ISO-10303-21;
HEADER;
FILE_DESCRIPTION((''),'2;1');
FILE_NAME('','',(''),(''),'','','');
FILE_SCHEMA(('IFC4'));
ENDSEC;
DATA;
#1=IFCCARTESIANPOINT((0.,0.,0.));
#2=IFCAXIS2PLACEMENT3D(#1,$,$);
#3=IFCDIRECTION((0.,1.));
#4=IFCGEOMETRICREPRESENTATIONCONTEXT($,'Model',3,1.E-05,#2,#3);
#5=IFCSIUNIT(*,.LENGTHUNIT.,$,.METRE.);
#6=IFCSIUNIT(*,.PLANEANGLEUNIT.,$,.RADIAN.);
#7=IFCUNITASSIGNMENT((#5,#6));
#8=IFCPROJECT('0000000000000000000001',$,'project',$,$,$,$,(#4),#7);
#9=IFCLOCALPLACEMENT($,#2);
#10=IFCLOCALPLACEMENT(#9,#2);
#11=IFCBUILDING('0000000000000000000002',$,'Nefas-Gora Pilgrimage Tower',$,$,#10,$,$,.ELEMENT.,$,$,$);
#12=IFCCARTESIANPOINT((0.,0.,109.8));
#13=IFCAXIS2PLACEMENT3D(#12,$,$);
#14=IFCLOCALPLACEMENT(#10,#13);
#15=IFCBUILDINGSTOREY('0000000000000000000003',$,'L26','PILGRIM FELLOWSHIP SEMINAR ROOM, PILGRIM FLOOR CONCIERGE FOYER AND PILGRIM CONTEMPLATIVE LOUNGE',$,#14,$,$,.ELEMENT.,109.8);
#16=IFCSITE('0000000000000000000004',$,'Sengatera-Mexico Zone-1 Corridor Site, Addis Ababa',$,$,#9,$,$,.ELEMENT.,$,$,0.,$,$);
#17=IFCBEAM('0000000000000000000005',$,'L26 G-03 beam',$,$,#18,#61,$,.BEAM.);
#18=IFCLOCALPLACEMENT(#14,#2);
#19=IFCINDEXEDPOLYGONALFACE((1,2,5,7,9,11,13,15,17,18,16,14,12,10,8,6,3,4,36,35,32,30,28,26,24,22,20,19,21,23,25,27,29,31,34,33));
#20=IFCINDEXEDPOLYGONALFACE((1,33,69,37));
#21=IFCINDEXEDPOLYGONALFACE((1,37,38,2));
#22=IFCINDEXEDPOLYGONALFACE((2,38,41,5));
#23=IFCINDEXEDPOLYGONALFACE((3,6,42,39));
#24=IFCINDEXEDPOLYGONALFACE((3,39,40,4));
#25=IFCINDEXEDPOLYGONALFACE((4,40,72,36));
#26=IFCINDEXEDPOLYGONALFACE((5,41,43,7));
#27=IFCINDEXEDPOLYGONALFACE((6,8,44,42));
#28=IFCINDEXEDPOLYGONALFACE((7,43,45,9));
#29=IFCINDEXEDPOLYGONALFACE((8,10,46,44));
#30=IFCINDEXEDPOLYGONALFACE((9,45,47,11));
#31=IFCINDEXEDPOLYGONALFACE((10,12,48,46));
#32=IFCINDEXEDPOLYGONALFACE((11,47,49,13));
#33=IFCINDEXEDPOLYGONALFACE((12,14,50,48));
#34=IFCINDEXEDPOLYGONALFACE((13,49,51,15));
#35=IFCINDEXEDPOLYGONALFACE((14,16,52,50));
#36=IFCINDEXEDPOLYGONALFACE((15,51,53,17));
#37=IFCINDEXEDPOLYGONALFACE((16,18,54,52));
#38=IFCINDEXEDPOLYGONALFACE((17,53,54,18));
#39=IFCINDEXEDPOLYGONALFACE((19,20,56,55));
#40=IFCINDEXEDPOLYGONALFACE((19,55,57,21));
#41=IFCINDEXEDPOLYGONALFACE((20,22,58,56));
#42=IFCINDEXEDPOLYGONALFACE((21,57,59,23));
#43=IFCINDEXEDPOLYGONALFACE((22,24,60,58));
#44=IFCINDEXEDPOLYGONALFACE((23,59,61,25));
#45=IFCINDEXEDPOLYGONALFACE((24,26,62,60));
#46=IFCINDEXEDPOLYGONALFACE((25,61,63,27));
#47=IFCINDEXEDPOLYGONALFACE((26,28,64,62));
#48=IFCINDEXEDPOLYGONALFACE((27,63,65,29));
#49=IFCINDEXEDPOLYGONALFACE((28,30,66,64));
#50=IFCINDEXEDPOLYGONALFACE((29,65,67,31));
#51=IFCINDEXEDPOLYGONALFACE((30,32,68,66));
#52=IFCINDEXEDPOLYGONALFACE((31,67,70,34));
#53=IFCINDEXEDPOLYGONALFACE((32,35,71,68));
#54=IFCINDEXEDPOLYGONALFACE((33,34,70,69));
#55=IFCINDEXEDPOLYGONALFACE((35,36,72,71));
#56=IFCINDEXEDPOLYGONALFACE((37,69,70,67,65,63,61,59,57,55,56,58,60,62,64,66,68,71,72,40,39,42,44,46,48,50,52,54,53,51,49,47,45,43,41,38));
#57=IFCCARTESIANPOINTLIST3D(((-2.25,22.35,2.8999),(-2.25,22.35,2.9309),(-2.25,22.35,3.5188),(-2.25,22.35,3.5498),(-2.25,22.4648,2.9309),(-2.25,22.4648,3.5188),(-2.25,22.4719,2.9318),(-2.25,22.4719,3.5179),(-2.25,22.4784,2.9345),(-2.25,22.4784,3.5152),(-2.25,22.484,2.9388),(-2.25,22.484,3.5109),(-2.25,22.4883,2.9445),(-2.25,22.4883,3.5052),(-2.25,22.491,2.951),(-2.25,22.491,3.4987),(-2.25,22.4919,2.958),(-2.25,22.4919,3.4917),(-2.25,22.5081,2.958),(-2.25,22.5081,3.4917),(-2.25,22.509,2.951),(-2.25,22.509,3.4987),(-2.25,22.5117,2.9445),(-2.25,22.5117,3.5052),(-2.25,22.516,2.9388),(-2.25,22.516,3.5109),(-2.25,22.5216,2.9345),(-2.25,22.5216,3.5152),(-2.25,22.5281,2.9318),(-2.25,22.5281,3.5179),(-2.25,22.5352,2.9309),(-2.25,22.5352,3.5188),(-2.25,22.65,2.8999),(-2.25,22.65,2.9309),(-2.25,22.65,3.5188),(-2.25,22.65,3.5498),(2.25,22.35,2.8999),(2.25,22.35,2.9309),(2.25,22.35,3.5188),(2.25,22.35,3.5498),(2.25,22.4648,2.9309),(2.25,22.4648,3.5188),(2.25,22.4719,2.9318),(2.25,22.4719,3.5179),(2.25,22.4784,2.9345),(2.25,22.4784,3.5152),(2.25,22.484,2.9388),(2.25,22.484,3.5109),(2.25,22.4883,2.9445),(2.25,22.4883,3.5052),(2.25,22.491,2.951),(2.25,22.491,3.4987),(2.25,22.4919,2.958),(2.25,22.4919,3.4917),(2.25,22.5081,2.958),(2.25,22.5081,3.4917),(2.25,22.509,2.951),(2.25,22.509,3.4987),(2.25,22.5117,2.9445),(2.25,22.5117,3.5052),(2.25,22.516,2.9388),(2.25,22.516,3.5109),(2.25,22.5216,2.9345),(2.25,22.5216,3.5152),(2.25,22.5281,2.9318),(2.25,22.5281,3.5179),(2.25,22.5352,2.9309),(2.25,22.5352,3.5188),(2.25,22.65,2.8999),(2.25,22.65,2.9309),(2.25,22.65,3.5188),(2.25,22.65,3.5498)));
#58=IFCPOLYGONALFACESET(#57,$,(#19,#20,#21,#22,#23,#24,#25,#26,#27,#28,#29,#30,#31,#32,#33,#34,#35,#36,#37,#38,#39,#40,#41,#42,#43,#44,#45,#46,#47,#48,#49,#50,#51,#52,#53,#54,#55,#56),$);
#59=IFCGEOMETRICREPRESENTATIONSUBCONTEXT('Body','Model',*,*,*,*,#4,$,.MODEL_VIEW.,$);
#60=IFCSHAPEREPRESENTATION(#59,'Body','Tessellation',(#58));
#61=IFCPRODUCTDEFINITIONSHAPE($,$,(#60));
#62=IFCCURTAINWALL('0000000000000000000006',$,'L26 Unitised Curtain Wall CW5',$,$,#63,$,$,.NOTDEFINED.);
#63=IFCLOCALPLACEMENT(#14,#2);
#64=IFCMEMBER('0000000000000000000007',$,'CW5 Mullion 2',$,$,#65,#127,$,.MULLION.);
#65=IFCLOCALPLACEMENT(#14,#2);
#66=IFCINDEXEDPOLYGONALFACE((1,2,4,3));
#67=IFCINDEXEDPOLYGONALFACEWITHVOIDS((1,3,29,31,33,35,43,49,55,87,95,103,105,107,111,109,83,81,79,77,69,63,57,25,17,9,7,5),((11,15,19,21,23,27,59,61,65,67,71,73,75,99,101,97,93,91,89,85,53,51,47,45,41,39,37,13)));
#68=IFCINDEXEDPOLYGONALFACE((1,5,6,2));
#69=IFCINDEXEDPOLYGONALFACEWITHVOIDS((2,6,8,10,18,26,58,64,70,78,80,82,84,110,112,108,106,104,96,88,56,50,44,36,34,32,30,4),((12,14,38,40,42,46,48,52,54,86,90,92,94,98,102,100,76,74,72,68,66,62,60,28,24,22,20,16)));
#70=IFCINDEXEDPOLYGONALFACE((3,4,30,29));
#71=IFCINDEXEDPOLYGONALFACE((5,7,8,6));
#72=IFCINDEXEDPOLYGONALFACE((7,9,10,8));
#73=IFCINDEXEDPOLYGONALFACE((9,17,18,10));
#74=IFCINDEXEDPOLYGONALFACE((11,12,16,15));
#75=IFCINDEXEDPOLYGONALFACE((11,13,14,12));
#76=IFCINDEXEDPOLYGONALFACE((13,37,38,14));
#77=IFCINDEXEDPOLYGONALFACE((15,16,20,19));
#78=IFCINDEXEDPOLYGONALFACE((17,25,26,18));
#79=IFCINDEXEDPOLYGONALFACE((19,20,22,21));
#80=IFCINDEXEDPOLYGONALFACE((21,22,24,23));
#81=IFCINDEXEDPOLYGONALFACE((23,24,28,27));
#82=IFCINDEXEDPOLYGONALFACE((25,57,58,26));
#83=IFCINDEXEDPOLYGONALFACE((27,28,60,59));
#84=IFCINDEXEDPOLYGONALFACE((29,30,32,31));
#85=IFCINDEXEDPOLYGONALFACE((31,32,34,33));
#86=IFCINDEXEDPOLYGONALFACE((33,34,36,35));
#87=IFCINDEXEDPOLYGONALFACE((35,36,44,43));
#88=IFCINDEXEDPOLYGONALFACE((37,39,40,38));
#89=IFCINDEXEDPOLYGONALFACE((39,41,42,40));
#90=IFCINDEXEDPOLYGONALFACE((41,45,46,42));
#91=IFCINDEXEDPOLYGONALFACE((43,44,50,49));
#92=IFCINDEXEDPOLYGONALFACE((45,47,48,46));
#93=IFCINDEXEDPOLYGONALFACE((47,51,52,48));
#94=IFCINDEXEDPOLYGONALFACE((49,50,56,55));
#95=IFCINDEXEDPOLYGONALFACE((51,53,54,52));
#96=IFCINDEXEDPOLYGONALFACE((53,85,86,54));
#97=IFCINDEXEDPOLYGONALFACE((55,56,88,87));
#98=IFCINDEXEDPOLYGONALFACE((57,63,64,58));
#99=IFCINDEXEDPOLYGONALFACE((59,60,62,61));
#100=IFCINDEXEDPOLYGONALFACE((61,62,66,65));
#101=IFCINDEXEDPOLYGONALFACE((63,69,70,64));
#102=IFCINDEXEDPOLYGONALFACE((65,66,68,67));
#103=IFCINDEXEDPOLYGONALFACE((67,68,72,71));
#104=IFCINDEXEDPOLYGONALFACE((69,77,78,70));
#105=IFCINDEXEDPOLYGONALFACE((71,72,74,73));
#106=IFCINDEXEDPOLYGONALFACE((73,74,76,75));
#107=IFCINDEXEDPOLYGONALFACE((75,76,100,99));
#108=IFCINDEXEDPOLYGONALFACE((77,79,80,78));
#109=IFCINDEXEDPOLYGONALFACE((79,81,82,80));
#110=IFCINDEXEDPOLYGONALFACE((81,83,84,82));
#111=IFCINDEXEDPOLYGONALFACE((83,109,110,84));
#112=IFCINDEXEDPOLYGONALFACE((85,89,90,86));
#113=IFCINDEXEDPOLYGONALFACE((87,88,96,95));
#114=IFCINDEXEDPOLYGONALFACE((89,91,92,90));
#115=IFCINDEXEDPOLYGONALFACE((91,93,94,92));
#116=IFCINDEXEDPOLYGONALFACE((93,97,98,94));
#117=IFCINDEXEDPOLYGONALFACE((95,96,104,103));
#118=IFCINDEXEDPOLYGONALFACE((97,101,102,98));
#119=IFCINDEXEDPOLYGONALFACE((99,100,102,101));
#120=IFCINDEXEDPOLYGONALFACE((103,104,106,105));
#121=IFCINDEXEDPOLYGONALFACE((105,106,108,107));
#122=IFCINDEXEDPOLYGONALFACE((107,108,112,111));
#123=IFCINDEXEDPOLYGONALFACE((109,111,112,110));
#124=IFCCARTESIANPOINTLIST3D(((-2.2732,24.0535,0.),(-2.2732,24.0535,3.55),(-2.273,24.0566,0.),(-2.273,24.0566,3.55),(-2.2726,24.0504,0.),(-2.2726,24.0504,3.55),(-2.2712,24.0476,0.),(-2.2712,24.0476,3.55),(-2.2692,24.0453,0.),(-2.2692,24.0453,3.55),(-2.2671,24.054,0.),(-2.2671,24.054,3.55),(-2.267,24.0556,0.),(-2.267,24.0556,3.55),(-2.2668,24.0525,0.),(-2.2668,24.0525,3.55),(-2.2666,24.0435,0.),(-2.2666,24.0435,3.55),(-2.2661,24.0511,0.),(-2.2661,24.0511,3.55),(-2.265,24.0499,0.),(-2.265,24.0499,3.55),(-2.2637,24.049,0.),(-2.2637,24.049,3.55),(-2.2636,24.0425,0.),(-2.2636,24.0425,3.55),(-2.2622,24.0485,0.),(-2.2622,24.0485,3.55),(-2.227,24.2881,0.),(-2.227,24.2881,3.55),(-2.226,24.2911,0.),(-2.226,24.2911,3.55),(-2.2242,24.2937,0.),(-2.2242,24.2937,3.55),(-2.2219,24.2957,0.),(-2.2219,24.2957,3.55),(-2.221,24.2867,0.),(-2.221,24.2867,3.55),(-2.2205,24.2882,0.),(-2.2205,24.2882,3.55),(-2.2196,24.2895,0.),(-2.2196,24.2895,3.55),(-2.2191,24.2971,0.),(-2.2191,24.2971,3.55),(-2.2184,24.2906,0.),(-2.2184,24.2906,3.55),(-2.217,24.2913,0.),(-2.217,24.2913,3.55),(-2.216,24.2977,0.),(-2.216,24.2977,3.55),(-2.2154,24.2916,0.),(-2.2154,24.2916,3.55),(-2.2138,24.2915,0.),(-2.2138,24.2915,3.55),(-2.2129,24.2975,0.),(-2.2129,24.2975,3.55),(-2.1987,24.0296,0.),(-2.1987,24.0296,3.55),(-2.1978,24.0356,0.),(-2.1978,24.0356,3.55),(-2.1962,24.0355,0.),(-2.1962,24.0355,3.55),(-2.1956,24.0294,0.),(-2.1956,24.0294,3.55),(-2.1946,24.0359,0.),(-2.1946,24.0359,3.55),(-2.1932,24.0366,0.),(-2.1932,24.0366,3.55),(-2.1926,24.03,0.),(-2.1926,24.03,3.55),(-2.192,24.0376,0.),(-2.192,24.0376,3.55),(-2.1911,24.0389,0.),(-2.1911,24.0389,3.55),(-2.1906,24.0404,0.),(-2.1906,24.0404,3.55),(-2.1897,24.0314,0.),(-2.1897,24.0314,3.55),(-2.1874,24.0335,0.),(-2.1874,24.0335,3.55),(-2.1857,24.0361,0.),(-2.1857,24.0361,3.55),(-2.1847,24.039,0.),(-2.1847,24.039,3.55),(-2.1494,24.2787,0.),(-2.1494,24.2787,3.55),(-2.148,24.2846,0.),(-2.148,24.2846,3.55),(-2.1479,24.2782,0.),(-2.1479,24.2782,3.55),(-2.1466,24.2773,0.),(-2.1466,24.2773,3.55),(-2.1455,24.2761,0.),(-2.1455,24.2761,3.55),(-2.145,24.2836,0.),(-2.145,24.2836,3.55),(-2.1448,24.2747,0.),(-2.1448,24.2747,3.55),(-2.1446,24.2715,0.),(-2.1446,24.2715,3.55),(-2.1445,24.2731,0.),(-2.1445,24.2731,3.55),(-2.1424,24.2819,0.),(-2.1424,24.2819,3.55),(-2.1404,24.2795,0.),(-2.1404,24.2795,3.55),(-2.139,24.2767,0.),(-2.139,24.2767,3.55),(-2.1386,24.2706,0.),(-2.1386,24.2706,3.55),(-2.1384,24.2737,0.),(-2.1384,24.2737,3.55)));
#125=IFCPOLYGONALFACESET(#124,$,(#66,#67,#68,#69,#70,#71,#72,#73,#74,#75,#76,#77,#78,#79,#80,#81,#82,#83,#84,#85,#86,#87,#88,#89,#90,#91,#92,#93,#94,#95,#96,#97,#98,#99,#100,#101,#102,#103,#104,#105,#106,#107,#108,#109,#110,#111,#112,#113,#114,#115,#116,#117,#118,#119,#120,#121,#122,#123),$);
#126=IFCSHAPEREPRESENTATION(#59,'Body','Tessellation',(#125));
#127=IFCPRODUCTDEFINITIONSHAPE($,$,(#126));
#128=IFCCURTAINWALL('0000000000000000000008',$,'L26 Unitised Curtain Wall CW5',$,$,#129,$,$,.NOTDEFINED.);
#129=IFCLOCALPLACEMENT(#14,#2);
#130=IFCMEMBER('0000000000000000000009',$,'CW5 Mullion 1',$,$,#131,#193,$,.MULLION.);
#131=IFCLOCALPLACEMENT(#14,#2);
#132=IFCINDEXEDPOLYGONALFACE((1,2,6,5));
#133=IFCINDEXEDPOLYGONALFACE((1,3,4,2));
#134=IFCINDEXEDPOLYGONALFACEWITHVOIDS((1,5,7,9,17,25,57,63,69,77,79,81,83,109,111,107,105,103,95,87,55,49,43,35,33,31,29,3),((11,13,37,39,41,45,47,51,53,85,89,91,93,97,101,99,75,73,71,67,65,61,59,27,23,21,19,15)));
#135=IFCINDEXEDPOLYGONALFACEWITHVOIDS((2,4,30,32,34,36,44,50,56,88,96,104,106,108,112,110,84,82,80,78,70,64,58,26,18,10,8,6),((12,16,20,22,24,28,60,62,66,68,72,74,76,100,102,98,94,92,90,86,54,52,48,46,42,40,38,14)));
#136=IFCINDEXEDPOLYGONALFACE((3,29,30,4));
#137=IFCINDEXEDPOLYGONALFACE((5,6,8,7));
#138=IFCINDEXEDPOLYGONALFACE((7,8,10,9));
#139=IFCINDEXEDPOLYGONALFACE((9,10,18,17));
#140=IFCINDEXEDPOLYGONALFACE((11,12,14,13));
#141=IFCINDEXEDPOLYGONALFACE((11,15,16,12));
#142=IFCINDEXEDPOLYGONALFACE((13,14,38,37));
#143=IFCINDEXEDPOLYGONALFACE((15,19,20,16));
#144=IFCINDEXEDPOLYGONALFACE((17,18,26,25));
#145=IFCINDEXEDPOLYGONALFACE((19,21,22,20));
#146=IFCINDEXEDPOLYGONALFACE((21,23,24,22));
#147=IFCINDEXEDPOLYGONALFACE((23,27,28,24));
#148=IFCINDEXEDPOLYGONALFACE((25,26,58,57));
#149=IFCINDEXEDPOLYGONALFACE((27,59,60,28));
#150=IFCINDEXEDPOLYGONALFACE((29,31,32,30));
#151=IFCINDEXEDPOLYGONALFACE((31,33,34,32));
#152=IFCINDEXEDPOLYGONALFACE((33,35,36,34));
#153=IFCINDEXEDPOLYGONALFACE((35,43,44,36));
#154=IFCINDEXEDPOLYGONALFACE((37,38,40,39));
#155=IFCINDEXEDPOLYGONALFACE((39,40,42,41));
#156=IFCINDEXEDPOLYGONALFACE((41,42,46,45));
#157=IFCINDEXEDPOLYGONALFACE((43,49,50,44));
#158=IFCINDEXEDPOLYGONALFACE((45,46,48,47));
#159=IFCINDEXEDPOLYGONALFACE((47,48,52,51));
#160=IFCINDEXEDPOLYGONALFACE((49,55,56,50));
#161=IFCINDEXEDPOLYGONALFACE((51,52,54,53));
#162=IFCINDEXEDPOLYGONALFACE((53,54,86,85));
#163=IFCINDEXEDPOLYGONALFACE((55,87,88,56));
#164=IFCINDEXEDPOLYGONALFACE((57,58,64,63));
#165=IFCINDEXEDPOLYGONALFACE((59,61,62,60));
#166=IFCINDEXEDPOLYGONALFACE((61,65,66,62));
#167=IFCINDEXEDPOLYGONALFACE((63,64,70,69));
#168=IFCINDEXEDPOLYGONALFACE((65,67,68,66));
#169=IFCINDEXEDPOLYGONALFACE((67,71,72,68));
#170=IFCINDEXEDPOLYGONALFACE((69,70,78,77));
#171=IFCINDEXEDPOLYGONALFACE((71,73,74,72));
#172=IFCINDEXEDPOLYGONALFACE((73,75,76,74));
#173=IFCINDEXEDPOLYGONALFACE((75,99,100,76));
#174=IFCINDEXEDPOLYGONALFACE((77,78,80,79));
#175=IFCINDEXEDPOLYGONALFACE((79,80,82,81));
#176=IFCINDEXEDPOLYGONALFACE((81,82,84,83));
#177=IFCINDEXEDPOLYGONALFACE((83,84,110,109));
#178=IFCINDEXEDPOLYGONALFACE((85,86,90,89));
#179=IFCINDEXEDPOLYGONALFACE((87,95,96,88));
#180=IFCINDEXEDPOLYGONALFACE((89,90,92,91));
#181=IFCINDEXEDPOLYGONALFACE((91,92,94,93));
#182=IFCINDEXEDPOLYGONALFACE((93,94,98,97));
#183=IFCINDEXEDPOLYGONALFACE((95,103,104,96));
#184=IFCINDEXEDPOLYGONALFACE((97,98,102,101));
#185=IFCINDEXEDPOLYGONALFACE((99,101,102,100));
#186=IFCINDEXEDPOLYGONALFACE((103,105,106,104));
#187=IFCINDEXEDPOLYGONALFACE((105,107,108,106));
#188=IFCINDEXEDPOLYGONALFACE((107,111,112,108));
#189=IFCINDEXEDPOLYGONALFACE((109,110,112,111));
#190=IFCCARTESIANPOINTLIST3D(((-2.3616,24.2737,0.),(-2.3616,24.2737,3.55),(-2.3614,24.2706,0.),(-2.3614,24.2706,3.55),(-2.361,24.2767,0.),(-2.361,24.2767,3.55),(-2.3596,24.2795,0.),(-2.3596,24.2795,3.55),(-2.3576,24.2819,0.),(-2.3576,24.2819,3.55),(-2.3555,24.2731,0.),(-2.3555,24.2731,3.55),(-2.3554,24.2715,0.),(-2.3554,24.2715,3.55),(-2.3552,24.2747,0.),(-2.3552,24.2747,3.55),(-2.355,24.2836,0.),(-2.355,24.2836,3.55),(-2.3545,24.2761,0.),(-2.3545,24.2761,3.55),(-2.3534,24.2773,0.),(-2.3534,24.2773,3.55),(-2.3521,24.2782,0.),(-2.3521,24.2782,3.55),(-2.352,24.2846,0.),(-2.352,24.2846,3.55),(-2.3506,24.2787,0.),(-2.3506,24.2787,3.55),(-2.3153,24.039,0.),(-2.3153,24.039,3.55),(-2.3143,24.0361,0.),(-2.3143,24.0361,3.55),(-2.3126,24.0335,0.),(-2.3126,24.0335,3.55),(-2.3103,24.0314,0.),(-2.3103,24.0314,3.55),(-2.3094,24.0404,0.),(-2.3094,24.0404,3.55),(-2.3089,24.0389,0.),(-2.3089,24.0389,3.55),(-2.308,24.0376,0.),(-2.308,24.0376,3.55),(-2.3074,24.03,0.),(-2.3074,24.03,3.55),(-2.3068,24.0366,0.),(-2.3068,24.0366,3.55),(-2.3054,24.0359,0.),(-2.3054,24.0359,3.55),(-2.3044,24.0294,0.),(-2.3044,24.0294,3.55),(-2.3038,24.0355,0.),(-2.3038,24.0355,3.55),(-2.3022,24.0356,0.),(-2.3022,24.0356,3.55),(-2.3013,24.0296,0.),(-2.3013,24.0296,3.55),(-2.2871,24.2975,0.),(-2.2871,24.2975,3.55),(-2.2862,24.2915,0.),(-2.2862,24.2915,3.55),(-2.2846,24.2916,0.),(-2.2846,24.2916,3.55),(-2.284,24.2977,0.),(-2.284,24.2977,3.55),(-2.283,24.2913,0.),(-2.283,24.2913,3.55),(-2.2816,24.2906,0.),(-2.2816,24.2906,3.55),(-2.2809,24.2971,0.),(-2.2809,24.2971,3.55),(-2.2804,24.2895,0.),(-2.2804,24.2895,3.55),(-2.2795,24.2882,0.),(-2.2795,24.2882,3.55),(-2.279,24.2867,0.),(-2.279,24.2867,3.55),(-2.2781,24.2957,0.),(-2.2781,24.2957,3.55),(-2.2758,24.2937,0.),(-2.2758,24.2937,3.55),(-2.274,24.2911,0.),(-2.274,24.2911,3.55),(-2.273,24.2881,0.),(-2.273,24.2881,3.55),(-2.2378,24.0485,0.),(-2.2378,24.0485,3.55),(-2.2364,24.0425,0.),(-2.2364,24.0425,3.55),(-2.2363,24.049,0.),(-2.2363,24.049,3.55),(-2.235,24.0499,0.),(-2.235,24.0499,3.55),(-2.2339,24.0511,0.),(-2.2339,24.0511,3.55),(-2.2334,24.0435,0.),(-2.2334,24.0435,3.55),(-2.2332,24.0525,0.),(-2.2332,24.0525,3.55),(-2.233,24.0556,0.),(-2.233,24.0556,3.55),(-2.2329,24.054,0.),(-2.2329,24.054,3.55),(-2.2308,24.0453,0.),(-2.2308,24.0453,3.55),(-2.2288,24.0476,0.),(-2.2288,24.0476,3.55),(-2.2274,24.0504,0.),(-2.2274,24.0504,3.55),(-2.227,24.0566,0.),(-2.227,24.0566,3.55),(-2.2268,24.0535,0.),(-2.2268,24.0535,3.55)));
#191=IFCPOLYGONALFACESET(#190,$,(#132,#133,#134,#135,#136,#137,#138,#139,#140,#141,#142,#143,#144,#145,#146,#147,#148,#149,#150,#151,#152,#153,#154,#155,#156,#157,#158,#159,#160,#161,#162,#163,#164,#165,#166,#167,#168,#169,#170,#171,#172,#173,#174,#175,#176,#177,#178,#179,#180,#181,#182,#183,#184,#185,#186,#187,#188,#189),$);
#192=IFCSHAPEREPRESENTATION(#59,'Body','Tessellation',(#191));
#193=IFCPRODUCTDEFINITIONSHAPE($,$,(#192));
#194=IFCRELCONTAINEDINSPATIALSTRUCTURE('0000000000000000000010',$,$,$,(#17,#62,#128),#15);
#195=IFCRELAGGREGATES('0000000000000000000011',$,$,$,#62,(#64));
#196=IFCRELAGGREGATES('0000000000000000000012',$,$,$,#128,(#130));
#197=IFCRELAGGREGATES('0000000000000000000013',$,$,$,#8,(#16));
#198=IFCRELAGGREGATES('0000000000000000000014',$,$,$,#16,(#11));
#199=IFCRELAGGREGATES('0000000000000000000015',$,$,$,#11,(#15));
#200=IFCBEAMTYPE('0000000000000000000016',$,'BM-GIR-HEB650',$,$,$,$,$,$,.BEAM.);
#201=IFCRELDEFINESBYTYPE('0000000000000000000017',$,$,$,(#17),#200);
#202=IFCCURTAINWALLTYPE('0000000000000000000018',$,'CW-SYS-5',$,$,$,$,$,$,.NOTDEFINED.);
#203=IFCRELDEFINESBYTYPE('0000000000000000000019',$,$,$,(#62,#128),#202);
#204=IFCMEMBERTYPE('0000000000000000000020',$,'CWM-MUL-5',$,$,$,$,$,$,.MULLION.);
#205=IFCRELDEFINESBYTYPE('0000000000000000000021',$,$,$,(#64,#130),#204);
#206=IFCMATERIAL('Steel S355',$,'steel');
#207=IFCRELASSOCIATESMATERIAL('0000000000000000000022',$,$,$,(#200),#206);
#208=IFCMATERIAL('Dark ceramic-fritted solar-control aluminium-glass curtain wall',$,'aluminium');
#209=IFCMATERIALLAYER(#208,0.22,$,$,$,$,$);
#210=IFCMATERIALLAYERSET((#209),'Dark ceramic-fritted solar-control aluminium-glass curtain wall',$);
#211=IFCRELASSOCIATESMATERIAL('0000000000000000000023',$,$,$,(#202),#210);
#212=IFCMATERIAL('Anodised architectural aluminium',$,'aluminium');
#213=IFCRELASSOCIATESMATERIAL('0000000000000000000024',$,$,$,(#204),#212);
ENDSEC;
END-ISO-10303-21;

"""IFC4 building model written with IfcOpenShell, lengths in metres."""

from ifc_helpers import new_model, si_unit, direction, frame, origin, origin_2d, place, context, subcontext, project, spatial, hollow_rectangle, i_section, extrude, source, transform, mapped, material, layer, layer_set, material_profile, profile_set, type_object, element, aggregate, save


model = new_model("IFC4")

# Units and contexts
model_context = context("Model", 3, precision=1e-05, world=origin(), true_north=direction((0.0, 1.0)))
body_context = subcontext(model_context, "Body", "Model", "MODEL_VIEW")
ifc_project = project(units=[si_unit("LENGTHUNIT", "METRE"), si_unit("PLANEANGLEUNIT", "RADIAN")], contexts=[model_context])

# Site, building, storey
site_placement = place(None, origin())
site = spatial("IfcSite", under=ifc_project, at=site_placement, Name="Sengatera-Mexico Zone-1 Corridor Site, Addis Ababa", CompositionType="ELEMENT", RefElevation=0.0)
building_placement = place(site_placement, origin())
building = spatial("IfcBuilding", under=site, at=building_placement, Name="Nefas-Gora Pilgrimage Tower", CompositionType="ELEMENT")
storey_placement = place(building_placement, frame((0.0, 0.0, 109.8)))
storey = spatial("IfcBuildingStorey", under=building, at=storey_placement, Name="L26", Description="PILGRIM FELLOWSHIP SEMINAR ROOM, PILGRIM FLOOR CONCIERGE FOYER AND PILGRIM CONTEMPLATIVE LOUNGE", CompositionType="ELEMENT", Elevation=109.8)

# Beam
ifc_material_1 = material(Name="Steel S355", Category="steel")
ifc_material_profile_1 = material_profile(ifc_material_1, i_section(OverallWidth=0.3, OverallDepth=0.6499, WebThickness=0.0161, FlangeThickness=0.031, FilletRadius=0.0271, at=origin_2d()), Name="HEB 650")
ifc_profile_set_1 = profile_set([ifc_material_profile_1], Name="Steel S355")
beam_type = type_object("IfcBeamType", Name="BM-GIR-HEB650", PredefinedType="BEAM", material=ifc_profile_set_1)
shared_shape_1 = source(origin(), body_context, "Body", "SweptSolid", [
    extrude(i_section(OverallWidth=0.3, OverallDepth=0.6499, WebThickness=0.0161, FlangeThickness=0.031, FilletRadius=0.0271, at=origin_2d()), origin(), (0.0, 0.0, 1.0), 4.5),
])
for number, where, z_axis, x_axis, name in (
    (1, (-2.25, 22.5, 3.2249), (1.0, 0.0, 0.0), (0.0, 1.0, 0.0), "L26 G-03 beam"),
):
    element("IfcBeam", number, at=place(storey_placement, frame(where, z_axis=z_axis, x_axis=x_axis)), inside=storey, type_object=beam_type, Name=name, PredefinedType="BEAM", context=body_context, shape_type="MappedRepresentation", body=[
        mapped(shared_shape_1, transform((0.0, 0.0, 0.0), x_axis=(1.0, 0.0, 0.0), y_axis=(0.0, 1.0, 0.0), z_axis=(0.0, 0.0, 1.0), scale=1.0)),
    ])

# Curtain wall, member
ifc_material_2 = material(Name="Dark ceramic-fritted solar-control aluminium-glass curtain wall", Category="aluminium")
ifc_layer_1 = layer(ifc_material_2, 0.22)
ifc_layer_set_1 = layer_set([ifc_layer_1], Name="Dark ceramic-fritted solar-control aluminium-glass curtain wall")
curtain_wall_type = type_object("IfcCurtainWallType", Name="CW-SYS-5", PredefinedType="NOTDEFINED", material=ifc_layer_set_1)
curtain_wall_1_placement = place(storey_placement, origin())
curtain_wall_1 = element("IfcCurtainWall", 2, at=curtain_wall_1_placement, inside=storey, type_object=curtain_wall_type, Name="L26 Unitised Curtain Wall CW5", PredefinedType="NOTDEFINED")
ifc_material_3 = material(Name="Anodised architectural aluminium", Category="aluminium")
ifc_material_profile_2 = material_profile(ifc_material_3, hollow_rectangle(XDim=0.0901, YDim=0.26, WallThickness=0.0061, InnerFilletRadius=0.0061, OuterFilletRadius=0.012, at=origin_2d()), Name="ALU MULLION 90x260")
ifc_profile_set_2 = profile_set([ifc_material_profile_2], Name="Anodised architectural aluminium")
member_type_1 = type_object("IfcMemberType", Name="CWM-MUL-5", PredefinedType="MULLION", material=ifc_profile_set_2)
shared_shape_2 = source(origin(), body_context, "Body", "SweptSolid", [
    extrude(hollow_rectangle(XDim=0.0901, YDim=0.26, WallThickness=0.0061, InnerFilletRadius=0.0061, OuterFilletRadius=0.012, at=origin_2d()), origin(), (0.0, 0.0, 1.0), 3.55),
])
member_1_placement = place(storey_placement, frame((-2.2058, 24.1636, 0.0), z_axis=(0.0, 0.0, 1.0), x_axis=(-0.980783, 0.195102, 0.0)))
member_1 = element("IfcMember", 3, at=member_1_placement, type_object=member_type_1, Name="CW5 Mullion 2", PredefinedType="MULLION", context=body_context, shape_type="MappedRepresentation", body=[
    mapped(shared_shape_2, transform((0.0, 0.0, 0.0), x_axis=(1.0, 0.0, 0.0), y_axis=(0.0, 1.0, 0.0), z_axis=(0.0, 0.0, 1.0), scale=1.0)),
])

# Curtain wall, member
curtain_wall_2_placement = place(storey_placement, origin())
curtain_wall_2 = element("IfcCurtainWall", 4, at=curtain_wall_2_placement, inside=storey, type_object=curtain_wall_type, Name="L26 Unitised Curtain Wall CW5", PredefinedType="NOTDEFINED")
member_2_placement = place(storey_placement, frame((-2.2942, 24.1636, 0.0), z_axis=(0.0, 0.0, 1.0), x_axis=(-0.980783, -0.195102, 0.0)))
member_2 = element("IfcMember", 5, at=member_2_placement, type_object=member_type_1, Name="CW5 Mullion 1", PredefinedType="MULLION", context=body_context, shape_type="MappedRepresentation", body=[
    mapped(shared_shape_2, transform((0.0, 0.0, 0.0), x_axis=(1.0, 0.0, 0.0), y_axis=(0.0, 1.0, 0.0), z_axis=(0.0, 0.0, 1.0), scale=1.0)),
])

aggregate(curtain_wall_1, [member_1])
aggregate(curtain_wall_2, [member_2])

save(model, "model.ifc")
